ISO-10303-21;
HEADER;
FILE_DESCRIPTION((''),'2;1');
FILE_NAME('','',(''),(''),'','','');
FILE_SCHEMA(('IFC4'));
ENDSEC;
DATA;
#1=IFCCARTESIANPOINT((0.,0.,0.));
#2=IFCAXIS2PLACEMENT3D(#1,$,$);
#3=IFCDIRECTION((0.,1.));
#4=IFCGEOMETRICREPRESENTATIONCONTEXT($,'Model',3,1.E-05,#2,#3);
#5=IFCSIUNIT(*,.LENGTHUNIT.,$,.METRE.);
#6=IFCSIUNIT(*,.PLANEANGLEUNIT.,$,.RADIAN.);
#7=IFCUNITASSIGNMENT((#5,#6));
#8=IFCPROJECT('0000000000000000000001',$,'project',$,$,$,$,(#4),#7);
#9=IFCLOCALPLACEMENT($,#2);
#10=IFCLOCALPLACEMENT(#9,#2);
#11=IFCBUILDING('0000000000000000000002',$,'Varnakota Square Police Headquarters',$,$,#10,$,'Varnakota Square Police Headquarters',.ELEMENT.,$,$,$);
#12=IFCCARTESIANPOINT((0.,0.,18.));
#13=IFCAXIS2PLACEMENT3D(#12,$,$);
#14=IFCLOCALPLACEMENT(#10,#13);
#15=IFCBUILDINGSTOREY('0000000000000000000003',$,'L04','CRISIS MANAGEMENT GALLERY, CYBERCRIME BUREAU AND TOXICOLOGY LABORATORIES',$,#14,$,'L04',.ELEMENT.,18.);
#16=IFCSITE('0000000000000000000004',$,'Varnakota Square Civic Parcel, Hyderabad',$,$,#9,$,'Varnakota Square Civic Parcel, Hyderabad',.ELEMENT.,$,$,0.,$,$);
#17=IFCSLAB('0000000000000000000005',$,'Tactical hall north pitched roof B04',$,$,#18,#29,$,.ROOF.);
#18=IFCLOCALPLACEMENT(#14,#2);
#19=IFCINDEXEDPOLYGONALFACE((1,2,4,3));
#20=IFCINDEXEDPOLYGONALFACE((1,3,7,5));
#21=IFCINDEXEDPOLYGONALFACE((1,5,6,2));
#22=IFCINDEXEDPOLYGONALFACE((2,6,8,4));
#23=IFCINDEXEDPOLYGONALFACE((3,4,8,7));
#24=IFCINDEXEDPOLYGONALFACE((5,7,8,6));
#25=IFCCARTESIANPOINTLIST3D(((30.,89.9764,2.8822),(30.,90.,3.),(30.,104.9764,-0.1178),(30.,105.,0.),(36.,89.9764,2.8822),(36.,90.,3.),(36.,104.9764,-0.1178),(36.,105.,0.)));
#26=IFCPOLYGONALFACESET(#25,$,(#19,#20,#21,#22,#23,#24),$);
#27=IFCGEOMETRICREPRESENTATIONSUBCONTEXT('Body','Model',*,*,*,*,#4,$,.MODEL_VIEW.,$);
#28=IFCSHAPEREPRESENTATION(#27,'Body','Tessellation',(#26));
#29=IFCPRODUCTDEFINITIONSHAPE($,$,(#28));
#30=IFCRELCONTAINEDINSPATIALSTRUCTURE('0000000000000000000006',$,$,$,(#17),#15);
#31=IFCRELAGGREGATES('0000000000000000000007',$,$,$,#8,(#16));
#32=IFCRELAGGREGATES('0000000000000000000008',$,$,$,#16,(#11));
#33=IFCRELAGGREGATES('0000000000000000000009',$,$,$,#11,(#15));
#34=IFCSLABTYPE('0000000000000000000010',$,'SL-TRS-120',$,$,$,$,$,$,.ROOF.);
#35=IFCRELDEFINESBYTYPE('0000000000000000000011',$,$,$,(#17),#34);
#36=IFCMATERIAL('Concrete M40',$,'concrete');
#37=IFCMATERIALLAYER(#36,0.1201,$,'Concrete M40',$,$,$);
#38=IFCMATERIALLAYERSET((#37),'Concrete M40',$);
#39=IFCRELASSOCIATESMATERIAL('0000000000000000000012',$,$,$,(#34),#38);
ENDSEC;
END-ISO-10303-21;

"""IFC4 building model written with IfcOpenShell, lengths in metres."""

from ifc_helpers import new_model, si_unit, direction, frame, origin, place, context, subcontext, project, spatial, polyline, outline, extrude, material, layer, layer_set, type_object, element, save


model = new_model("IFC4")

# Units and contexts
model_context = context("Model", 3, precision=1e-05, world=origin(), true_north=direction((0.0, 1.0)))
body_context = subcontext(model_context, "Body", "Model", "MODEL_VIEW")
ifc_project = project(units=[si_unit("LENGTHUNIT", "METRE"), si_unit("PLANEANGLEUNIT", "RADIAN")], contexts=[model_context])

# Site, building, storey
site_placement = place(None, origin())
site = spatial("IfcSite", under=ifc_project, at=site_placement, Name="Varnakota Square Civic Parcel, Hyderabad", LongName="Varnakota Square Civic Parcel, Hyderabad", CompositionType="ELEMENT", RefElevation=0.0)
building_placement = place(site_placement, origin())
building = spatial("IfcBuilding", under=site, at=building_placement, Name="Varnakota Square Police Headquarters", LongName="Varnakota Square Police Headquarters", CompositionType="ELEMENT")
storey_placement = place(building_placement, frame((0.0, 0.0, 18.0)))
storey = spatial("IfcBuildingStorey", under=building, at=storey_placement, Name="L04", Description="CRISIS MANAGEMENT GALLERY, CYBERCRIME BUREAU AND TOXICOLOGY LABORATORIES", LongName="L04", CompositionType="ELEMENT", Elevation=18.0)

# Slab
ifc_material_1 = material(Name="Concrete M40", Category="concrete")
ifc_layer_1 = layer(ifc_material_1, 0.1201, Name="Concrete M40")
ifc_layer_set_1 = layer_set([ifc_layer_1], Name="Concrete M40")
slab_type = type_object("IfcSlabType", Name="SL-TRS-120", PredefinedType="ROOF", material=ifc_layer_set_1)
slab_1_placement = place(storey_placement, frame((30.0, 90.0, 3.0), z_axis=(0.0, 0.196116, 0.980581), x_axis=(1.0, 0.0, 0.0)))
element("IfcSlab", 1, at=slab_1_placement, inside=storey, type_object=slab_type, Name="Tactical hall north pitched roof B04", PredefinedType="ROOF", context=body_context, shape_type="SweptSolid", body=[
    extrude(outline(polyline([(0.0, 0.0), (6.0, 0.0), (6.0, 15.2971), (0.0, 15.2971), (0.0, 0.0)])), origin(), (0.0, 0.0, -1.0), 0.1201),
])

save(model, "model.ifc")
